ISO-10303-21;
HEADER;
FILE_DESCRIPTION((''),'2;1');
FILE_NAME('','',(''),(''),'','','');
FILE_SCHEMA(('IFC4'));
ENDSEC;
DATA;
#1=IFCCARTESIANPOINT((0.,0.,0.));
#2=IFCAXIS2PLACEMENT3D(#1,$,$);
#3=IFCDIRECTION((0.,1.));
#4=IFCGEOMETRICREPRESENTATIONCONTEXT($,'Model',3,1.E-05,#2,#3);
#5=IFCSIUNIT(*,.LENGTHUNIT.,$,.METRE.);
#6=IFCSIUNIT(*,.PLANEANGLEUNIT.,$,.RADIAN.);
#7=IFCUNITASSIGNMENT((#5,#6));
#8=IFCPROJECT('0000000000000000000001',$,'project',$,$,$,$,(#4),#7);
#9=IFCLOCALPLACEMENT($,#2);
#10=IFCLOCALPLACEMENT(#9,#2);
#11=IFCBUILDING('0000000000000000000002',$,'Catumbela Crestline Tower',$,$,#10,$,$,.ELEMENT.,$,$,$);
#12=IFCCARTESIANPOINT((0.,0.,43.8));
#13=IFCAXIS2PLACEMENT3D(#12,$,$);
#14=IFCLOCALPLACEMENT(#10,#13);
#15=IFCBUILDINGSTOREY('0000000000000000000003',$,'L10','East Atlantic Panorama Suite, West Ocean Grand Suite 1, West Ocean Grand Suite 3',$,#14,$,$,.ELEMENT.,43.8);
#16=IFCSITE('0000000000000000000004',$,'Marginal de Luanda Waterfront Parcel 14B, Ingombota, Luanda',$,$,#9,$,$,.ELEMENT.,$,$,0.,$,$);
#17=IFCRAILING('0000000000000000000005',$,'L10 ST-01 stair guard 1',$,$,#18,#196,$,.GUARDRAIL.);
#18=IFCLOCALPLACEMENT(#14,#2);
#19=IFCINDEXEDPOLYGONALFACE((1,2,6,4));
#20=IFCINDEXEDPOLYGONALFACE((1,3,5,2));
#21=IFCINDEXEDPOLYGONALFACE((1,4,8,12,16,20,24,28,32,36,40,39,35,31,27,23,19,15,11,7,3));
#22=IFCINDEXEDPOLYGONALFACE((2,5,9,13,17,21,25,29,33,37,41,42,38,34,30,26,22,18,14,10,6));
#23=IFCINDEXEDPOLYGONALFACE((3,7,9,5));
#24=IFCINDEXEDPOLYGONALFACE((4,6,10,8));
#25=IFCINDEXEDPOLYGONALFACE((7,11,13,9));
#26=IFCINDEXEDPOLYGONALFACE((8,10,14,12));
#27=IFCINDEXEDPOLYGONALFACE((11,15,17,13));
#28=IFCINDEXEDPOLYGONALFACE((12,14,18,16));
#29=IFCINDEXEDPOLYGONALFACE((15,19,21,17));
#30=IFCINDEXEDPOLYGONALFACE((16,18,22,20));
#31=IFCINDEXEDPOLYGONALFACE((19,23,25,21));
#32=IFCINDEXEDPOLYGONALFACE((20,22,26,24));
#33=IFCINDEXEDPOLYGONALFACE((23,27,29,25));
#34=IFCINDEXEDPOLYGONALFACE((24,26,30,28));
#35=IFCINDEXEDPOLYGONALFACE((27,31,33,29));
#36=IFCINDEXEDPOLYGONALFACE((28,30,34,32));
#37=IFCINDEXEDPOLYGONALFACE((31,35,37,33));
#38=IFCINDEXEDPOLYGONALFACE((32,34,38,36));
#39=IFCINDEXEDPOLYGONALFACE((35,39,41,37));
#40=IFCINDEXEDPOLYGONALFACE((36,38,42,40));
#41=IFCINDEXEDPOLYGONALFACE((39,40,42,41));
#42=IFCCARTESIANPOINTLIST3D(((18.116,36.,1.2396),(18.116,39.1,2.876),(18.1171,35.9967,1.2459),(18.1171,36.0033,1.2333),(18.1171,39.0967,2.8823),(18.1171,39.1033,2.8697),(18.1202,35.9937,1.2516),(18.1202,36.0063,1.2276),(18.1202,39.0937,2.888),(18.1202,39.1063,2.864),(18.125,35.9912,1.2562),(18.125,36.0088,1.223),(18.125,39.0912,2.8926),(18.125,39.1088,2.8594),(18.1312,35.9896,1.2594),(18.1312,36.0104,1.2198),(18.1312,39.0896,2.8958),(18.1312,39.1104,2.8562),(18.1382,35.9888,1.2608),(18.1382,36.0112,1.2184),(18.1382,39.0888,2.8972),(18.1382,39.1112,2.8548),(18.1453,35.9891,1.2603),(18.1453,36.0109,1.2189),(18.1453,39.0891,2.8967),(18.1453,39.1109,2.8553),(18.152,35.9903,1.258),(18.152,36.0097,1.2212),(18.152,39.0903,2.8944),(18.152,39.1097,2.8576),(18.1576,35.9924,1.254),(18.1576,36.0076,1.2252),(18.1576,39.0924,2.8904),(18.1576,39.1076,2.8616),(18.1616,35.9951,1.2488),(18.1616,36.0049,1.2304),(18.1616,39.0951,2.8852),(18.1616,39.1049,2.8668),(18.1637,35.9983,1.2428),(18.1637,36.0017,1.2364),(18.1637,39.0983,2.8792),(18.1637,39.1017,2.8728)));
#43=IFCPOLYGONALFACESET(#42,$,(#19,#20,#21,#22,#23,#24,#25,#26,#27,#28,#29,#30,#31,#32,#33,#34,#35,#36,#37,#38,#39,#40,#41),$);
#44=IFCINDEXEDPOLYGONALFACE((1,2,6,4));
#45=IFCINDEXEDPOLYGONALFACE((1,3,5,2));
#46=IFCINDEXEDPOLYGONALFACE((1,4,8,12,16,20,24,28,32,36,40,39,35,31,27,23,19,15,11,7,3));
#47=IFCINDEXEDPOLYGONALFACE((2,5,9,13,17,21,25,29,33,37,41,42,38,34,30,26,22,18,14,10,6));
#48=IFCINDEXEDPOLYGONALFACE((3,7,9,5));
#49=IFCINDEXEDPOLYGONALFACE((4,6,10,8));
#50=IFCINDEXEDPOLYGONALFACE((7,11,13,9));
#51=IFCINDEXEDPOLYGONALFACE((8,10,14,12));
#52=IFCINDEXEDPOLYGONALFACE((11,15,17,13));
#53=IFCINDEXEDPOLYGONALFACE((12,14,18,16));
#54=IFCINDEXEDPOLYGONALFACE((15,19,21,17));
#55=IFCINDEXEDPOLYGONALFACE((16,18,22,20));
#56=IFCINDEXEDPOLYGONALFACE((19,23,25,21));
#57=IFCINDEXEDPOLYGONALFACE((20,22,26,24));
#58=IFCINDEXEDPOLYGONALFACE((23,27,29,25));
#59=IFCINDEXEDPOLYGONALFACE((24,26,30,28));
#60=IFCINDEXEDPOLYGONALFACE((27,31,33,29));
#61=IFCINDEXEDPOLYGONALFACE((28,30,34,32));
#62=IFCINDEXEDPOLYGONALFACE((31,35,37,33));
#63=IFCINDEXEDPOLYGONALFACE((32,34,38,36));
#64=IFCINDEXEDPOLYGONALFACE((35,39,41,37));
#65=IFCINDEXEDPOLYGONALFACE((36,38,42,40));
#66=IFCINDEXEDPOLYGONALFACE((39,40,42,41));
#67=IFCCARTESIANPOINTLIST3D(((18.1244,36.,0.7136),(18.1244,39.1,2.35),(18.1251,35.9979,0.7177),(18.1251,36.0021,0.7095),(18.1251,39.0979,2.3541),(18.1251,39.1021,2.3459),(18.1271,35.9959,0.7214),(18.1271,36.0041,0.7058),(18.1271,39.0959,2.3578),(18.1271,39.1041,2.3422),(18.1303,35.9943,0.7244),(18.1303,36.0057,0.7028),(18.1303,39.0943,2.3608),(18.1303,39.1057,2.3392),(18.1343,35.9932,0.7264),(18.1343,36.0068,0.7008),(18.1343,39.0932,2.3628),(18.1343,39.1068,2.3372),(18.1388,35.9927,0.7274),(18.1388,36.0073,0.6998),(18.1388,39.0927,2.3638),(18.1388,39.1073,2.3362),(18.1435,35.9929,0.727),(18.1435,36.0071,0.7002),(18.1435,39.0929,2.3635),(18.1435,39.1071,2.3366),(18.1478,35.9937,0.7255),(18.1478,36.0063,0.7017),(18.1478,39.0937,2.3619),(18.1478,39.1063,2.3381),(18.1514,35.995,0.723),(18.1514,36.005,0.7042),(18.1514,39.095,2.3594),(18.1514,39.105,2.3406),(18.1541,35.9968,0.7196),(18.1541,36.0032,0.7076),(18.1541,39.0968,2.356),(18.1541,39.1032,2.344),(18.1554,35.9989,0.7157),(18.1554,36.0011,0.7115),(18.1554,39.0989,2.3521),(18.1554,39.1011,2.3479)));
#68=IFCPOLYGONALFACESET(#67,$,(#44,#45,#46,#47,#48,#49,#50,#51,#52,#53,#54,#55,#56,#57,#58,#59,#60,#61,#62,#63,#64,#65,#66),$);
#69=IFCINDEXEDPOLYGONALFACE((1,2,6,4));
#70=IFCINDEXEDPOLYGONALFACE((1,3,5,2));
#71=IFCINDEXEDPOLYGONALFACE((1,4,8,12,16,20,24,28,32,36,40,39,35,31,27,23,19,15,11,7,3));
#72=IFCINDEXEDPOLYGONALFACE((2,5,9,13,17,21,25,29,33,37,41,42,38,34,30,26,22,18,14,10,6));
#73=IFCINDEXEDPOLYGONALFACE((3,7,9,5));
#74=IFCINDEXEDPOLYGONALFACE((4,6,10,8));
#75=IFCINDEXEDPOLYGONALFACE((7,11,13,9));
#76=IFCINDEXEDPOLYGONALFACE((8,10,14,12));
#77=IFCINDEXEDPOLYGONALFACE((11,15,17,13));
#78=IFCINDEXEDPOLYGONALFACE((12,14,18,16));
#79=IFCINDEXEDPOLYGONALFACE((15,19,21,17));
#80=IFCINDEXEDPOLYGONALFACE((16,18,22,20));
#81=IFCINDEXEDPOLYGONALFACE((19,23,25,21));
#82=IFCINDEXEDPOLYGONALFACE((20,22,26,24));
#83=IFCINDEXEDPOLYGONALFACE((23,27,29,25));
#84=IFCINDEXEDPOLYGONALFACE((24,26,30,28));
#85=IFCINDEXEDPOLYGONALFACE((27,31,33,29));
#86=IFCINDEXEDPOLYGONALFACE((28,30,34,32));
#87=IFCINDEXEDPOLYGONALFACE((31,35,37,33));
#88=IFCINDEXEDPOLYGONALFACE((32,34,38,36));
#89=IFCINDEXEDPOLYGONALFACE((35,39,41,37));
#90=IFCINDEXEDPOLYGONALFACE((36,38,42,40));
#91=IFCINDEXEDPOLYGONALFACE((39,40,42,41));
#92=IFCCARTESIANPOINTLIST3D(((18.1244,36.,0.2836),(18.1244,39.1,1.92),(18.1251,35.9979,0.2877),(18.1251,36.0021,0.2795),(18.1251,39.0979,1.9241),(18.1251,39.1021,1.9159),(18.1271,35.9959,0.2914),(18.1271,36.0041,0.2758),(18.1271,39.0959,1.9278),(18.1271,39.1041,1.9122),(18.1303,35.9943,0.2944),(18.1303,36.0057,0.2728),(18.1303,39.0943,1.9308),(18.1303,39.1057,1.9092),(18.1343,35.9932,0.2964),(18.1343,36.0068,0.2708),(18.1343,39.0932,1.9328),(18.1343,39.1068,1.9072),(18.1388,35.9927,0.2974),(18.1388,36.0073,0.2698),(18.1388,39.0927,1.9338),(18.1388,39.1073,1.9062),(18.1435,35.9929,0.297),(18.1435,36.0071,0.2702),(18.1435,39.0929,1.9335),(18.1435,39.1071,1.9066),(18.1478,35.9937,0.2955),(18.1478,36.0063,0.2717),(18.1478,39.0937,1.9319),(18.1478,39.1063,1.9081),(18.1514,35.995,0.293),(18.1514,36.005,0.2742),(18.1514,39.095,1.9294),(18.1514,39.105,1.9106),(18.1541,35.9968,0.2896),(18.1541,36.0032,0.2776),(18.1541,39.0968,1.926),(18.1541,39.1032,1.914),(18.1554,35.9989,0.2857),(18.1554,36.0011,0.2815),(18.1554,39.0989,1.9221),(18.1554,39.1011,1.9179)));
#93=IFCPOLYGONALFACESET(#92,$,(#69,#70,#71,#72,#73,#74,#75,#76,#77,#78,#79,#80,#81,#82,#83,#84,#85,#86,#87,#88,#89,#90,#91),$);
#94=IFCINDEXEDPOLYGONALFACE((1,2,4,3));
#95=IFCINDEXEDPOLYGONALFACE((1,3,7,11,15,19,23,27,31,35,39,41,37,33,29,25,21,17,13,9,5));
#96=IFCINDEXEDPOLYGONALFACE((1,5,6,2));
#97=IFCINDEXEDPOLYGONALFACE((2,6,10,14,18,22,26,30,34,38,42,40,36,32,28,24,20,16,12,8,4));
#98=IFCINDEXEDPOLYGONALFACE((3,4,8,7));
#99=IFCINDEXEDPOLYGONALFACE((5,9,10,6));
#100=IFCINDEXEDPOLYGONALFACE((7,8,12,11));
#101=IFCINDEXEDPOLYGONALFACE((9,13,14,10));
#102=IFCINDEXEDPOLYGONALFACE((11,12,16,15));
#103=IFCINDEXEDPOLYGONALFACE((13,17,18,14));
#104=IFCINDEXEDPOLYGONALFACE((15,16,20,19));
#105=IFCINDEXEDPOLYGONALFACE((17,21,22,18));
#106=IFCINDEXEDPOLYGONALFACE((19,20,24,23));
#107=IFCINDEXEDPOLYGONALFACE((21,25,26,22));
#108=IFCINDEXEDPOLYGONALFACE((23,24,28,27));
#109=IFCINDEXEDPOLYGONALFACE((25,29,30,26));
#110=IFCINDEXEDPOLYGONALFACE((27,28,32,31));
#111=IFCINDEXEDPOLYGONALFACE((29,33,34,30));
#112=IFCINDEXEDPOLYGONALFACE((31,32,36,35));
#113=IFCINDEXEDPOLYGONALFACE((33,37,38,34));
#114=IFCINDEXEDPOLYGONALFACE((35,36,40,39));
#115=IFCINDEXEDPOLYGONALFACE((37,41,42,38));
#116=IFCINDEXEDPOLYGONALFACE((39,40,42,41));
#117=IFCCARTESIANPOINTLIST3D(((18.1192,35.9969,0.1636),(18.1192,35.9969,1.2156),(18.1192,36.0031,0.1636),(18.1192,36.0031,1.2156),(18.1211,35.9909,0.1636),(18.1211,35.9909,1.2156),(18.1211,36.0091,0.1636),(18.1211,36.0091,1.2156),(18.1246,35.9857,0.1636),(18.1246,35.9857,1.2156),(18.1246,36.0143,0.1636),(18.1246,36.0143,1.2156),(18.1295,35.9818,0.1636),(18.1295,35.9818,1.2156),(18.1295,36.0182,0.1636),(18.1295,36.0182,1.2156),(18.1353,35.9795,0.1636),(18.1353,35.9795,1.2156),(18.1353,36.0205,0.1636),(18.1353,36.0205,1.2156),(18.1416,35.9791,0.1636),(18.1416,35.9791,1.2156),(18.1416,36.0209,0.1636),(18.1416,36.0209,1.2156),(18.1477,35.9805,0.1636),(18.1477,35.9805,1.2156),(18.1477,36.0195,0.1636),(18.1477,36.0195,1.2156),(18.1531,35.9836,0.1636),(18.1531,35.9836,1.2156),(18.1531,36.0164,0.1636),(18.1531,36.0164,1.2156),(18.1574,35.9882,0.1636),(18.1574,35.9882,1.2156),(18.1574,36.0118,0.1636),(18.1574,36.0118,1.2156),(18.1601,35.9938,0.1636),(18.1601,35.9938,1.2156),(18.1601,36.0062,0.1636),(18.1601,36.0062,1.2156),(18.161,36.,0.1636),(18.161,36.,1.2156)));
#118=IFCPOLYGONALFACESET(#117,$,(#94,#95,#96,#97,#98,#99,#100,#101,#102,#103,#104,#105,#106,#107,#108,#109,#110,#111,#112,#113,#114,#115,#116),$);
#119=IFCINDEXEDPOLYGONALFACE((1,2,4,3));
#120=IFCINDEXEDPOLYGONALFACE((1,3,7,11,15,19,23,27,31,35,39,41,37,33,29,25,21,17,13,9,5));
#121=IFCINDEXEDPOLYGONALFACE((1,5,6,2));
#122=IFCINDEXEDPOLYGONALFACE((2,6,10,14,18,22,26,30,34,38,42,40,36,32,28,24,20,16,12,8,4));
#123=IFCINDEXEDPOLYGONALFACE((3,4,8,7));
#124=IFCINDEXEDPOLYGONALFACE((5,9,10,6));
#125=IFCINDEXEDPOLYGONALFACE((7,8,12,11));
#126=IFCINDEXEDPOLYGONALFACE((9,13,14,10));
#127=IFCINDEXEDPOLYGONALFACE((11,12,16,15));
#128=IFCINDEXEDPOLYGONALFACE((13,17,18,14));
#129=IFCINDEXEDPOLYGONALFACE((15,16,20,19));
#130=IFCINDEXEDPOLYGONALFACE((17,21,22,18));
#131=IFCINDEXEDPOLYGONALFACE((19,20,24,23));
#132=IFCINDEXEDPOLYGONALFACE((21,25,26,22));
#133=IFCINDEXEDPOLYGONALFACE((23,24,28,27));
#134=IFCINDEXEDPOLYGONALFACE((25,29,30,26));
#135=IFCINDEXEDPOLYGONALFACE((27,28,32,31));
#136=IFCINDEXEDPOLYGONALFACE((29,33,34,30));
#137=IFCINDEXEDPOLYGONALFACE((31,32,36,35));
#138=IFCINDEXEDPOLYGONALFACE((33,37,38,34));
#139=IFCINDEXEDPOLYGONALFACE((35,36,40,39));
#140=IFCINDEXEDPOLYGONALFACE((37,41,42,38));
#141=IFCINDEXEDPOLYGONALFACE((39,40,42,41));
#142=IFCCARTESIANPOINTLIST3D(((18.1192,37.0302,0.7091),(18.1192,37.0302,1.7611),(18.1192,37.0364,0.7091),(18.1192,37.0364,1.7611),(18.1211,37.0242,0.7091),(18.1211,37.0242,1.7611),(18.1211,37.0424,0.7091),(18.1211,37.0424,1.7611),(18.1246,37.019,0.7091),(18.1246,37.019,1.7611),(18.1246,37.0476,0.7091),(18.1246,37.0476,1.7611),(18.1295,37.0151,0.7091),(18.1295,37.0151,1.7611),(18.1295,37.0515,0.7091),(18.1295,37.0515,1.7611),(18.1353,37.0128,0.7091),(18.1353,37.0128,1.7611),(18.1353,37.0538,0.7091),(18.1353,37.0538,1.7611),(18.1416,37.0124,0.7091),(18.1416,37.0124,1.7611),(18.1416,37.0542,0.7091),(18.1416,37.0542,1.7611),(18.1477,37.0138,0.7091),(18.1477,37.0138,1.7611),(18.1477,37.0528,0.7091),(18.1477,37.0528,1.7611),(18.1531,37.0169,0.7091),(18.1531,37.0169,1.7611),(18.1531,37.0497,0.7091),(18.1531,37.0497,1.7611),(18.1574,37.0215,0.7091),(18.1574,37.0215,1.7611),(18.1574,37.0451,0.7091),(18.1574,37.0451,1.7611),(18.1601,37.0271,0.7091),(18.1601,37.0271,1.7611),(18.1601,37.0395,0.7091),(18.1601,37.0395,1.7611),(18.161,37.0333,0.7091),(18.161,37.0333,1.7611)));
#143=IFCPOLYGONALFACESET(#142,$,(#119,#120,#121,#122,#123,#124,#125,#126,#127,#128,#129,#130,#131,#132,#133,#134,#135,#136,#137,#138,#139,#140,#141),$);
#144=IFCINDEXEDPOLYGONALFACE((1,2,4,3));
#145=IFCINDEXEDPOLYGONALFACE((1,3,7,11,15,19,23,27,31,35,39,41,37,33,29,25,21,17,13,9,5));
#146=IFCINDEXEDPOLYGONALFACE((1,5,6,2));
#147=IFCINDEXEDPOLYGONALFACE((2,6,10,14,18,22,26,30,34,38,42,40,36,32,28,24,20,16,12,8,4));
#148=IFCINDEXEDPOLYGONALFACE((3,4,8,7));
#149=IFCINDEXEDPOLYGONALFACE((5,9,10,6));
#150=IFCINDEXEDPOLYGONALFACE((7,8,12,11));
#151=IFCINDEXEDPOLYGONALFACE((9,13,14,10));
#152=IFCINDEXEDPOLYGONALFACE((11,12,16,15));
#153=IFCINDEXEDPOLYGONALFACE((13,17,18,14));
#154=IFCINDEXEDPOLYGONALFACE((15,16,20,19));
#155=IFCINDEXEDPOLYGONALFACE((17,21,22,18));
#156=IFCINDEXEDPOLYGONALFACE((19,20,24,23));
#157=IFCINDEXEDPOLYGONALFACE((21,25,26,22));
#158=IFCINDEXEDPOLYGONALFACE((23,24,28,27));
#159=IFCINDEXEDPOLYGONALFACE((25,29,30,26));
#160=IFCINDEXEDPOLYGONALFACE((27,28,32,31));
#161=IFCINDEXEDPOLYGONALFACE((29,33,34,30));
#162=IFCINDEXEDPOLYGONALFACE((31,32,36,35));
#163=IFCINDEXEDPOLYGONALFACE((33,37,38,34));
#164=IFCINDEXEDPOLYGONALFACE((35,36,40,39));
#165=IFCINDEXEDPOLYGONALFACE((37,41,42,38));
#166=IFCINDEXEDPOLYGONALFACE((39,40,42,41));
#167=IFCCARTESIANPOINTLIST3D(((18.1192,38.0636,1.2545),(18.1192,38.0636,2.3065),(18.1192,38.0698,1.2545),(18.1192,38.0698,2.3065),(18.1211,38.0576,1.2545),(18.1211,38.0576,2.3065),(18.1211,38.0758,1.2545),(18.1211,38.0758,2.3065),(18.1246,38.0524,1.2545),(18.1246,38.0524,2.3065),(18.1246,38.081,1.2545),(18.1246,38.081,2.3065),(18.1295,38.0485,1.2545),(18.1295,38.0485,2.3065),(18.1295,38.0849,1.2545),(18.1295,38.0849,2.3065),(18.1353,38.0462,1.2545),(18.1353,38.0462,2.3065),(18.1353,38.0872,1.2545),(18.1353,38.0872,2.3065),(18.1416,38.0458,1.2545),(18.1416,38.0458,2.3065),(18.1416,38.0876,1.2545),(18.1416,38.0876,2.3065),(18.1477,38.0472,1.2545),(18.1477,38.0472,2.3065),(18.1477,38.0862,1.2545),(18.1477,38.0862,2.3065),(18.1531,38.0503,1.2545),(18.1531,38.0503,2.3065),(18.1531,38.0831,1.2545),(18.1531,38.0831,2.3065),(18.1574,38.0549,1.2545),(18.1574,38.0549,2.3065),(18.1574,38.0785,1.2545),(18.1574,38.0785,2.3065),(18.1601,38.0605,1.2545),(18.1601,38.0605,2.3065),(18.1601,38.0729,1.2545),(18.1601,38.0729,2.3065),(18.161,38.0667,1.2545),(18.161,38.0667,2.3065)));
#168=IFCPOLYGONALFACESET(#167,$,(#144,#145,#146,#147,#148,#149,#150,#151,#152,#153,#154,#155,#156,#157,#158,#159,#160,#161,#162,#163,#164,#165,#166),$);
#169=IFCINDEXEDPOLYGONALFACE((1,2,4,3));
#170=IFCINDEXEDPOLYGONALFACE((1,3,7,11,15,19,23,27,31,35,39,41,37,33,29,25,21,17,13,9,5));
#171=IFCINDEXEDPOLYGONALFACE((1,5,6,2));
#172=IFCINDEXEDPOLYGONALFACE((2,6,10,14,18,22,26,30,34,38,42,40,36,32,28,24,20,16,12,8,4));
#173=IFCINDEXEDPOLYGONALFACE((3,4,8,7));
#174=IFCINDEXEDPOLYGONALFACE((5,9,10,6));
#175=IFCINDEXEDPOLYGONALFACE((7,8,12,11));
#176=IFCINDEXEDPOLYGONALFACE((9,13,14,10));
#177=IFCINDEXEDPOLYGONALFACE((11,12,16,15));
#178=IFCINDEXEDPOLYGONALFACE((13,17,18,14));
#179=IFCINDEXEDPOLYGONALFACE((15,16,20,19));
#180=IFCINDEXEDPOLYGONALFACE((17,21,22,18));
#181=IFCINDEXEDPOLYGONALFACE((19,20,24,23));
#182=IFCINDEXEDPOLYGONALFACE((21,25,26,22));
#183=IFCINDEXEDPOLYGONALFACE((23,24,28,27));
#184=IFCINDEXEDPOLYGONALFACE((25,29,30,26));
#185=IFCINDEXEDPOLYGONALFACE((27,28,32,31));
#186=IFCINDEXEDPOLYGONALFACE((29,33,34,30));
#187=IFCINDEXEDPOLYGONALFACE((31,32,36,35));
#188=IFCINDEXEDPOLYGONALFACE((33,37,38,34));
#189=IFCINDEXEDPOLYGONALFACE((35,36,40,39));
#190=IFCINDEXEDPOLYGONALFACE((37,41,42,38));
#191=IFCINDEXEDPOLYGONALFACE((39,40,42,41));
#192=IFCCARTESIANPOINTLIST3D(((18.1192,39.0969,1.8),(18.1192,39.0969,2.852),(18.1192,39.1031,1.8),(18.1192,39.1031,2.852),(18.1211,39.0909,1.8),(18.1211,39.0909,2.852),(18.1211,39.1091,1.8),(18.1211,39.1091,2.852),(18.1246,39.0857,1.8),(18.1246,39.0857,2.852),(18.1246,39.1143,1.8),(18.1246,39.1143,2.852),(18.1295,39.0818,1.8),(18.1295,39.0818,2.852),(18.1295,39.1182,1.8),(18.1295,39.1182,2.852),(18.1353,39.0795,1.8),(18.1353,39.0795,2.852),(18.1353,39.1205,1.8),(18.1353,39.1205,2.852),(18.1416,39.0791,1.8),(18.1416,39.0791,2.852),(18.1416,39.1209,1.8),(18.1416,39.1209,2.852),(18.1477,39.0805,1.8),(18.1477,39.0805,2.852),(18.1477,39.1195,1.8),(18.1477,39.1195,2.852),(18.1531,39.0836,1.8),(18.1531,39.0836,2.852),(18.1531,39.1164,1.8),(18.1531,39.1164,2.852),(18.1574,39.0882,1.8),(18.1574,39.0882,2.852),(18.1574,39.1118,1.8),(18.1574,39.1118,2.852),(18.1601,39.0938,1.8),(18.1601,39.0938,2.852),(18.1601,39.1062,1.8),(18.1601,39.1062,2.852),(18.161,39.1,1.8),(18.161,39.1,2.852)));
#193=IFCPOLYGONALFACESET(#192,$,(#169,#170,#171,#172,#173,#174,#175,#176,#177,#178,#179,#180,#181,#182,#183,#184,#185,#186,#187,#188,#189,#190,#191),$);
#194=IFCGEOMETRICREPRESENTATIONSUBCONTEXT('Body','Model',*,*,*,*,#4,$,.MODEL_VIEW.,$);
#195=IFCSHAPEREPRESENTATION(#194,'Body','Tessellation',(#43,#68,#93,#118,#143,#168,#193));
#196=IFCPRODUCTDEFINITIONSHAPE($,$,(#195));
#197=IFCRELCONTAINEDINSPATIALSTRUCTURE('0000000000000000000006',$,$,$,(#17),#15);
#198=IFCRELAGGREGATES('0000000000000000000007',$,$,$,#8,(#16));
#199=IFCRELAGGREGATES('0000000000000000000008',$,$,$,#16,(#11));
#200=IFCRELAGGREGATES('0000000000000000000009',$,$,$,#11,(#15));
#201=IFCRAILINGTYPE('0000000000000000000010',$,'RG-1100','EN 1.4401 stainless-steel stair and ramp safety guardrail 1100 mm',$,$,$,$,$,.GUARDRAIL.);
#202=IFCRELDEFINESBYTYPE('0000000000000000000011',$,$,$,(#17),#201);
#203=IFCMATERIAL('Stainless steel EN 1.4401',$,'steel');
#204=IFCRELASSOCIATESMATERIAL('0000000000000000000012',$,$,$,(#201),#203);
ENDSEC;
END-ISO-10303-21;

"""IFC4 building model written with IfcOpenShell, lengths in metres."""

from ifc_helpers import new_model, si_unit, direction, frame, origin, origin_2d, place, context, subcontext, project, spatial, circle, extrude, material, type_object, element, save


model = new_model("IFC4")

# Units and contexts
model_context = context("Model", 3, precision=1e-05, world=origin(), true_north=direction((0.0, 1.0)))
body_context = subcontext(model_context, "Body", "Model", "MODEL_VIEW")
ifc_project = project(units=[si_unit("LENGTHUNIT", "METRE"), si_unit("PLANEANGLEUNIT", "RADIAN")], contexts=[model_context])

# Site, building, storey
site_placement = place(None, origin())
site = spatial("IfcSite", under=ifc_project, at=site_placement, Name="Marginal de Luanda Waterfront Parcel 14B, Ingombota, Luanda", CompositionType="ELEMENT", RefElevation=0.0)
building_placement = place(site_placement, origin())
building = spatial("IfcBuilding", under=site, at=building_placement, Name="Catumbela Crestline Tower", CompositionType="ELEMENT")
storey_placement = place(building_placement, frame((0.0, 0.0, 43.8)))
storey = spatial("IfcBuildingStorey", under=building, at=storey_placement, Name="L10", Description="East Atlantic Panorama Suite, West Ocean Grand Suite 1, West Ocean Grand Suite 3", CompositionType="ELEMENT", Elevation=43.8)

# Shared definitions
ifc_material_1 = material(Name="Stainless steel EN 1.4401", Category="steel")

# Railing
railing_type_1 = type_object("IfcRailingType", Name="RG-1100", Description="EN 1.4401 stainless-steel stair and ramp safety guardrail 1100 mm", PredefinedType="GUARDRAIL", material=ifc_material_1)
railing_1_placement = place(storey_placement, frame((18.14, 36.0, 0.1636)))
element("IfcRailing", 1, at=railing_1_placement, inside=storey, type_object=railing_type_1, Name="L10 ST-01 stair guard 1", PredefinedType="GUARDRAIL", context=body_context, shape_type="SweptSolid", body=[
    extrude(circle(Radius=0.024, at=origin_2d()), frame((0.0, 0.0, 1.076), z_axis=(0.0, 0.884351, 0.466823), x_axis=(-1.0, 0.0, 0.0)), (0.0, 0.0, 1.0), 3.5054),
    extrude(circle(Radius=0.0156, at=origin_2d()), frame((0.0, 0.0, 0.55), z_axis=(0.0, 0.884351, 0.466823), x_axis=(-1.0, 0.0, 0.0)), (0.0, 0.0, 1.0), 3.5054),
    extrude(circle(Radius=0.0156, at=origin_2d()), frame((0.0, 0.0, 0.12), z_axis=(0.0, 0.884351, 0.466823), x_axis=(-1.0, 0.0, 0.0)), (0.0, 0.0, 1.0), 3.5054),
    extrude(circle(Radius=0.021, at=origin_2d()), origin(), (0.0, 0.0, 1.0), 1.052),
    extrude(circle(Radius=0.021, at=origin_2d()), frame((0.0, 1.0333, 0.5455)), (0.0, 0.0, 1.0), 1.052),
    extrude(circle(Radius=0.021, at=origin_2d()), frame((0.0, 2.0667, 1.0909)), (0.0, 0.0, 1.0), 1.052),
    extrude(circle(Radius=0.021, at=origin_2d()), frame((0.0, 3.1, 1.6364)), (0.0, 0.0, 1.0), 1.052),
])

save(model, "model.ifc")
